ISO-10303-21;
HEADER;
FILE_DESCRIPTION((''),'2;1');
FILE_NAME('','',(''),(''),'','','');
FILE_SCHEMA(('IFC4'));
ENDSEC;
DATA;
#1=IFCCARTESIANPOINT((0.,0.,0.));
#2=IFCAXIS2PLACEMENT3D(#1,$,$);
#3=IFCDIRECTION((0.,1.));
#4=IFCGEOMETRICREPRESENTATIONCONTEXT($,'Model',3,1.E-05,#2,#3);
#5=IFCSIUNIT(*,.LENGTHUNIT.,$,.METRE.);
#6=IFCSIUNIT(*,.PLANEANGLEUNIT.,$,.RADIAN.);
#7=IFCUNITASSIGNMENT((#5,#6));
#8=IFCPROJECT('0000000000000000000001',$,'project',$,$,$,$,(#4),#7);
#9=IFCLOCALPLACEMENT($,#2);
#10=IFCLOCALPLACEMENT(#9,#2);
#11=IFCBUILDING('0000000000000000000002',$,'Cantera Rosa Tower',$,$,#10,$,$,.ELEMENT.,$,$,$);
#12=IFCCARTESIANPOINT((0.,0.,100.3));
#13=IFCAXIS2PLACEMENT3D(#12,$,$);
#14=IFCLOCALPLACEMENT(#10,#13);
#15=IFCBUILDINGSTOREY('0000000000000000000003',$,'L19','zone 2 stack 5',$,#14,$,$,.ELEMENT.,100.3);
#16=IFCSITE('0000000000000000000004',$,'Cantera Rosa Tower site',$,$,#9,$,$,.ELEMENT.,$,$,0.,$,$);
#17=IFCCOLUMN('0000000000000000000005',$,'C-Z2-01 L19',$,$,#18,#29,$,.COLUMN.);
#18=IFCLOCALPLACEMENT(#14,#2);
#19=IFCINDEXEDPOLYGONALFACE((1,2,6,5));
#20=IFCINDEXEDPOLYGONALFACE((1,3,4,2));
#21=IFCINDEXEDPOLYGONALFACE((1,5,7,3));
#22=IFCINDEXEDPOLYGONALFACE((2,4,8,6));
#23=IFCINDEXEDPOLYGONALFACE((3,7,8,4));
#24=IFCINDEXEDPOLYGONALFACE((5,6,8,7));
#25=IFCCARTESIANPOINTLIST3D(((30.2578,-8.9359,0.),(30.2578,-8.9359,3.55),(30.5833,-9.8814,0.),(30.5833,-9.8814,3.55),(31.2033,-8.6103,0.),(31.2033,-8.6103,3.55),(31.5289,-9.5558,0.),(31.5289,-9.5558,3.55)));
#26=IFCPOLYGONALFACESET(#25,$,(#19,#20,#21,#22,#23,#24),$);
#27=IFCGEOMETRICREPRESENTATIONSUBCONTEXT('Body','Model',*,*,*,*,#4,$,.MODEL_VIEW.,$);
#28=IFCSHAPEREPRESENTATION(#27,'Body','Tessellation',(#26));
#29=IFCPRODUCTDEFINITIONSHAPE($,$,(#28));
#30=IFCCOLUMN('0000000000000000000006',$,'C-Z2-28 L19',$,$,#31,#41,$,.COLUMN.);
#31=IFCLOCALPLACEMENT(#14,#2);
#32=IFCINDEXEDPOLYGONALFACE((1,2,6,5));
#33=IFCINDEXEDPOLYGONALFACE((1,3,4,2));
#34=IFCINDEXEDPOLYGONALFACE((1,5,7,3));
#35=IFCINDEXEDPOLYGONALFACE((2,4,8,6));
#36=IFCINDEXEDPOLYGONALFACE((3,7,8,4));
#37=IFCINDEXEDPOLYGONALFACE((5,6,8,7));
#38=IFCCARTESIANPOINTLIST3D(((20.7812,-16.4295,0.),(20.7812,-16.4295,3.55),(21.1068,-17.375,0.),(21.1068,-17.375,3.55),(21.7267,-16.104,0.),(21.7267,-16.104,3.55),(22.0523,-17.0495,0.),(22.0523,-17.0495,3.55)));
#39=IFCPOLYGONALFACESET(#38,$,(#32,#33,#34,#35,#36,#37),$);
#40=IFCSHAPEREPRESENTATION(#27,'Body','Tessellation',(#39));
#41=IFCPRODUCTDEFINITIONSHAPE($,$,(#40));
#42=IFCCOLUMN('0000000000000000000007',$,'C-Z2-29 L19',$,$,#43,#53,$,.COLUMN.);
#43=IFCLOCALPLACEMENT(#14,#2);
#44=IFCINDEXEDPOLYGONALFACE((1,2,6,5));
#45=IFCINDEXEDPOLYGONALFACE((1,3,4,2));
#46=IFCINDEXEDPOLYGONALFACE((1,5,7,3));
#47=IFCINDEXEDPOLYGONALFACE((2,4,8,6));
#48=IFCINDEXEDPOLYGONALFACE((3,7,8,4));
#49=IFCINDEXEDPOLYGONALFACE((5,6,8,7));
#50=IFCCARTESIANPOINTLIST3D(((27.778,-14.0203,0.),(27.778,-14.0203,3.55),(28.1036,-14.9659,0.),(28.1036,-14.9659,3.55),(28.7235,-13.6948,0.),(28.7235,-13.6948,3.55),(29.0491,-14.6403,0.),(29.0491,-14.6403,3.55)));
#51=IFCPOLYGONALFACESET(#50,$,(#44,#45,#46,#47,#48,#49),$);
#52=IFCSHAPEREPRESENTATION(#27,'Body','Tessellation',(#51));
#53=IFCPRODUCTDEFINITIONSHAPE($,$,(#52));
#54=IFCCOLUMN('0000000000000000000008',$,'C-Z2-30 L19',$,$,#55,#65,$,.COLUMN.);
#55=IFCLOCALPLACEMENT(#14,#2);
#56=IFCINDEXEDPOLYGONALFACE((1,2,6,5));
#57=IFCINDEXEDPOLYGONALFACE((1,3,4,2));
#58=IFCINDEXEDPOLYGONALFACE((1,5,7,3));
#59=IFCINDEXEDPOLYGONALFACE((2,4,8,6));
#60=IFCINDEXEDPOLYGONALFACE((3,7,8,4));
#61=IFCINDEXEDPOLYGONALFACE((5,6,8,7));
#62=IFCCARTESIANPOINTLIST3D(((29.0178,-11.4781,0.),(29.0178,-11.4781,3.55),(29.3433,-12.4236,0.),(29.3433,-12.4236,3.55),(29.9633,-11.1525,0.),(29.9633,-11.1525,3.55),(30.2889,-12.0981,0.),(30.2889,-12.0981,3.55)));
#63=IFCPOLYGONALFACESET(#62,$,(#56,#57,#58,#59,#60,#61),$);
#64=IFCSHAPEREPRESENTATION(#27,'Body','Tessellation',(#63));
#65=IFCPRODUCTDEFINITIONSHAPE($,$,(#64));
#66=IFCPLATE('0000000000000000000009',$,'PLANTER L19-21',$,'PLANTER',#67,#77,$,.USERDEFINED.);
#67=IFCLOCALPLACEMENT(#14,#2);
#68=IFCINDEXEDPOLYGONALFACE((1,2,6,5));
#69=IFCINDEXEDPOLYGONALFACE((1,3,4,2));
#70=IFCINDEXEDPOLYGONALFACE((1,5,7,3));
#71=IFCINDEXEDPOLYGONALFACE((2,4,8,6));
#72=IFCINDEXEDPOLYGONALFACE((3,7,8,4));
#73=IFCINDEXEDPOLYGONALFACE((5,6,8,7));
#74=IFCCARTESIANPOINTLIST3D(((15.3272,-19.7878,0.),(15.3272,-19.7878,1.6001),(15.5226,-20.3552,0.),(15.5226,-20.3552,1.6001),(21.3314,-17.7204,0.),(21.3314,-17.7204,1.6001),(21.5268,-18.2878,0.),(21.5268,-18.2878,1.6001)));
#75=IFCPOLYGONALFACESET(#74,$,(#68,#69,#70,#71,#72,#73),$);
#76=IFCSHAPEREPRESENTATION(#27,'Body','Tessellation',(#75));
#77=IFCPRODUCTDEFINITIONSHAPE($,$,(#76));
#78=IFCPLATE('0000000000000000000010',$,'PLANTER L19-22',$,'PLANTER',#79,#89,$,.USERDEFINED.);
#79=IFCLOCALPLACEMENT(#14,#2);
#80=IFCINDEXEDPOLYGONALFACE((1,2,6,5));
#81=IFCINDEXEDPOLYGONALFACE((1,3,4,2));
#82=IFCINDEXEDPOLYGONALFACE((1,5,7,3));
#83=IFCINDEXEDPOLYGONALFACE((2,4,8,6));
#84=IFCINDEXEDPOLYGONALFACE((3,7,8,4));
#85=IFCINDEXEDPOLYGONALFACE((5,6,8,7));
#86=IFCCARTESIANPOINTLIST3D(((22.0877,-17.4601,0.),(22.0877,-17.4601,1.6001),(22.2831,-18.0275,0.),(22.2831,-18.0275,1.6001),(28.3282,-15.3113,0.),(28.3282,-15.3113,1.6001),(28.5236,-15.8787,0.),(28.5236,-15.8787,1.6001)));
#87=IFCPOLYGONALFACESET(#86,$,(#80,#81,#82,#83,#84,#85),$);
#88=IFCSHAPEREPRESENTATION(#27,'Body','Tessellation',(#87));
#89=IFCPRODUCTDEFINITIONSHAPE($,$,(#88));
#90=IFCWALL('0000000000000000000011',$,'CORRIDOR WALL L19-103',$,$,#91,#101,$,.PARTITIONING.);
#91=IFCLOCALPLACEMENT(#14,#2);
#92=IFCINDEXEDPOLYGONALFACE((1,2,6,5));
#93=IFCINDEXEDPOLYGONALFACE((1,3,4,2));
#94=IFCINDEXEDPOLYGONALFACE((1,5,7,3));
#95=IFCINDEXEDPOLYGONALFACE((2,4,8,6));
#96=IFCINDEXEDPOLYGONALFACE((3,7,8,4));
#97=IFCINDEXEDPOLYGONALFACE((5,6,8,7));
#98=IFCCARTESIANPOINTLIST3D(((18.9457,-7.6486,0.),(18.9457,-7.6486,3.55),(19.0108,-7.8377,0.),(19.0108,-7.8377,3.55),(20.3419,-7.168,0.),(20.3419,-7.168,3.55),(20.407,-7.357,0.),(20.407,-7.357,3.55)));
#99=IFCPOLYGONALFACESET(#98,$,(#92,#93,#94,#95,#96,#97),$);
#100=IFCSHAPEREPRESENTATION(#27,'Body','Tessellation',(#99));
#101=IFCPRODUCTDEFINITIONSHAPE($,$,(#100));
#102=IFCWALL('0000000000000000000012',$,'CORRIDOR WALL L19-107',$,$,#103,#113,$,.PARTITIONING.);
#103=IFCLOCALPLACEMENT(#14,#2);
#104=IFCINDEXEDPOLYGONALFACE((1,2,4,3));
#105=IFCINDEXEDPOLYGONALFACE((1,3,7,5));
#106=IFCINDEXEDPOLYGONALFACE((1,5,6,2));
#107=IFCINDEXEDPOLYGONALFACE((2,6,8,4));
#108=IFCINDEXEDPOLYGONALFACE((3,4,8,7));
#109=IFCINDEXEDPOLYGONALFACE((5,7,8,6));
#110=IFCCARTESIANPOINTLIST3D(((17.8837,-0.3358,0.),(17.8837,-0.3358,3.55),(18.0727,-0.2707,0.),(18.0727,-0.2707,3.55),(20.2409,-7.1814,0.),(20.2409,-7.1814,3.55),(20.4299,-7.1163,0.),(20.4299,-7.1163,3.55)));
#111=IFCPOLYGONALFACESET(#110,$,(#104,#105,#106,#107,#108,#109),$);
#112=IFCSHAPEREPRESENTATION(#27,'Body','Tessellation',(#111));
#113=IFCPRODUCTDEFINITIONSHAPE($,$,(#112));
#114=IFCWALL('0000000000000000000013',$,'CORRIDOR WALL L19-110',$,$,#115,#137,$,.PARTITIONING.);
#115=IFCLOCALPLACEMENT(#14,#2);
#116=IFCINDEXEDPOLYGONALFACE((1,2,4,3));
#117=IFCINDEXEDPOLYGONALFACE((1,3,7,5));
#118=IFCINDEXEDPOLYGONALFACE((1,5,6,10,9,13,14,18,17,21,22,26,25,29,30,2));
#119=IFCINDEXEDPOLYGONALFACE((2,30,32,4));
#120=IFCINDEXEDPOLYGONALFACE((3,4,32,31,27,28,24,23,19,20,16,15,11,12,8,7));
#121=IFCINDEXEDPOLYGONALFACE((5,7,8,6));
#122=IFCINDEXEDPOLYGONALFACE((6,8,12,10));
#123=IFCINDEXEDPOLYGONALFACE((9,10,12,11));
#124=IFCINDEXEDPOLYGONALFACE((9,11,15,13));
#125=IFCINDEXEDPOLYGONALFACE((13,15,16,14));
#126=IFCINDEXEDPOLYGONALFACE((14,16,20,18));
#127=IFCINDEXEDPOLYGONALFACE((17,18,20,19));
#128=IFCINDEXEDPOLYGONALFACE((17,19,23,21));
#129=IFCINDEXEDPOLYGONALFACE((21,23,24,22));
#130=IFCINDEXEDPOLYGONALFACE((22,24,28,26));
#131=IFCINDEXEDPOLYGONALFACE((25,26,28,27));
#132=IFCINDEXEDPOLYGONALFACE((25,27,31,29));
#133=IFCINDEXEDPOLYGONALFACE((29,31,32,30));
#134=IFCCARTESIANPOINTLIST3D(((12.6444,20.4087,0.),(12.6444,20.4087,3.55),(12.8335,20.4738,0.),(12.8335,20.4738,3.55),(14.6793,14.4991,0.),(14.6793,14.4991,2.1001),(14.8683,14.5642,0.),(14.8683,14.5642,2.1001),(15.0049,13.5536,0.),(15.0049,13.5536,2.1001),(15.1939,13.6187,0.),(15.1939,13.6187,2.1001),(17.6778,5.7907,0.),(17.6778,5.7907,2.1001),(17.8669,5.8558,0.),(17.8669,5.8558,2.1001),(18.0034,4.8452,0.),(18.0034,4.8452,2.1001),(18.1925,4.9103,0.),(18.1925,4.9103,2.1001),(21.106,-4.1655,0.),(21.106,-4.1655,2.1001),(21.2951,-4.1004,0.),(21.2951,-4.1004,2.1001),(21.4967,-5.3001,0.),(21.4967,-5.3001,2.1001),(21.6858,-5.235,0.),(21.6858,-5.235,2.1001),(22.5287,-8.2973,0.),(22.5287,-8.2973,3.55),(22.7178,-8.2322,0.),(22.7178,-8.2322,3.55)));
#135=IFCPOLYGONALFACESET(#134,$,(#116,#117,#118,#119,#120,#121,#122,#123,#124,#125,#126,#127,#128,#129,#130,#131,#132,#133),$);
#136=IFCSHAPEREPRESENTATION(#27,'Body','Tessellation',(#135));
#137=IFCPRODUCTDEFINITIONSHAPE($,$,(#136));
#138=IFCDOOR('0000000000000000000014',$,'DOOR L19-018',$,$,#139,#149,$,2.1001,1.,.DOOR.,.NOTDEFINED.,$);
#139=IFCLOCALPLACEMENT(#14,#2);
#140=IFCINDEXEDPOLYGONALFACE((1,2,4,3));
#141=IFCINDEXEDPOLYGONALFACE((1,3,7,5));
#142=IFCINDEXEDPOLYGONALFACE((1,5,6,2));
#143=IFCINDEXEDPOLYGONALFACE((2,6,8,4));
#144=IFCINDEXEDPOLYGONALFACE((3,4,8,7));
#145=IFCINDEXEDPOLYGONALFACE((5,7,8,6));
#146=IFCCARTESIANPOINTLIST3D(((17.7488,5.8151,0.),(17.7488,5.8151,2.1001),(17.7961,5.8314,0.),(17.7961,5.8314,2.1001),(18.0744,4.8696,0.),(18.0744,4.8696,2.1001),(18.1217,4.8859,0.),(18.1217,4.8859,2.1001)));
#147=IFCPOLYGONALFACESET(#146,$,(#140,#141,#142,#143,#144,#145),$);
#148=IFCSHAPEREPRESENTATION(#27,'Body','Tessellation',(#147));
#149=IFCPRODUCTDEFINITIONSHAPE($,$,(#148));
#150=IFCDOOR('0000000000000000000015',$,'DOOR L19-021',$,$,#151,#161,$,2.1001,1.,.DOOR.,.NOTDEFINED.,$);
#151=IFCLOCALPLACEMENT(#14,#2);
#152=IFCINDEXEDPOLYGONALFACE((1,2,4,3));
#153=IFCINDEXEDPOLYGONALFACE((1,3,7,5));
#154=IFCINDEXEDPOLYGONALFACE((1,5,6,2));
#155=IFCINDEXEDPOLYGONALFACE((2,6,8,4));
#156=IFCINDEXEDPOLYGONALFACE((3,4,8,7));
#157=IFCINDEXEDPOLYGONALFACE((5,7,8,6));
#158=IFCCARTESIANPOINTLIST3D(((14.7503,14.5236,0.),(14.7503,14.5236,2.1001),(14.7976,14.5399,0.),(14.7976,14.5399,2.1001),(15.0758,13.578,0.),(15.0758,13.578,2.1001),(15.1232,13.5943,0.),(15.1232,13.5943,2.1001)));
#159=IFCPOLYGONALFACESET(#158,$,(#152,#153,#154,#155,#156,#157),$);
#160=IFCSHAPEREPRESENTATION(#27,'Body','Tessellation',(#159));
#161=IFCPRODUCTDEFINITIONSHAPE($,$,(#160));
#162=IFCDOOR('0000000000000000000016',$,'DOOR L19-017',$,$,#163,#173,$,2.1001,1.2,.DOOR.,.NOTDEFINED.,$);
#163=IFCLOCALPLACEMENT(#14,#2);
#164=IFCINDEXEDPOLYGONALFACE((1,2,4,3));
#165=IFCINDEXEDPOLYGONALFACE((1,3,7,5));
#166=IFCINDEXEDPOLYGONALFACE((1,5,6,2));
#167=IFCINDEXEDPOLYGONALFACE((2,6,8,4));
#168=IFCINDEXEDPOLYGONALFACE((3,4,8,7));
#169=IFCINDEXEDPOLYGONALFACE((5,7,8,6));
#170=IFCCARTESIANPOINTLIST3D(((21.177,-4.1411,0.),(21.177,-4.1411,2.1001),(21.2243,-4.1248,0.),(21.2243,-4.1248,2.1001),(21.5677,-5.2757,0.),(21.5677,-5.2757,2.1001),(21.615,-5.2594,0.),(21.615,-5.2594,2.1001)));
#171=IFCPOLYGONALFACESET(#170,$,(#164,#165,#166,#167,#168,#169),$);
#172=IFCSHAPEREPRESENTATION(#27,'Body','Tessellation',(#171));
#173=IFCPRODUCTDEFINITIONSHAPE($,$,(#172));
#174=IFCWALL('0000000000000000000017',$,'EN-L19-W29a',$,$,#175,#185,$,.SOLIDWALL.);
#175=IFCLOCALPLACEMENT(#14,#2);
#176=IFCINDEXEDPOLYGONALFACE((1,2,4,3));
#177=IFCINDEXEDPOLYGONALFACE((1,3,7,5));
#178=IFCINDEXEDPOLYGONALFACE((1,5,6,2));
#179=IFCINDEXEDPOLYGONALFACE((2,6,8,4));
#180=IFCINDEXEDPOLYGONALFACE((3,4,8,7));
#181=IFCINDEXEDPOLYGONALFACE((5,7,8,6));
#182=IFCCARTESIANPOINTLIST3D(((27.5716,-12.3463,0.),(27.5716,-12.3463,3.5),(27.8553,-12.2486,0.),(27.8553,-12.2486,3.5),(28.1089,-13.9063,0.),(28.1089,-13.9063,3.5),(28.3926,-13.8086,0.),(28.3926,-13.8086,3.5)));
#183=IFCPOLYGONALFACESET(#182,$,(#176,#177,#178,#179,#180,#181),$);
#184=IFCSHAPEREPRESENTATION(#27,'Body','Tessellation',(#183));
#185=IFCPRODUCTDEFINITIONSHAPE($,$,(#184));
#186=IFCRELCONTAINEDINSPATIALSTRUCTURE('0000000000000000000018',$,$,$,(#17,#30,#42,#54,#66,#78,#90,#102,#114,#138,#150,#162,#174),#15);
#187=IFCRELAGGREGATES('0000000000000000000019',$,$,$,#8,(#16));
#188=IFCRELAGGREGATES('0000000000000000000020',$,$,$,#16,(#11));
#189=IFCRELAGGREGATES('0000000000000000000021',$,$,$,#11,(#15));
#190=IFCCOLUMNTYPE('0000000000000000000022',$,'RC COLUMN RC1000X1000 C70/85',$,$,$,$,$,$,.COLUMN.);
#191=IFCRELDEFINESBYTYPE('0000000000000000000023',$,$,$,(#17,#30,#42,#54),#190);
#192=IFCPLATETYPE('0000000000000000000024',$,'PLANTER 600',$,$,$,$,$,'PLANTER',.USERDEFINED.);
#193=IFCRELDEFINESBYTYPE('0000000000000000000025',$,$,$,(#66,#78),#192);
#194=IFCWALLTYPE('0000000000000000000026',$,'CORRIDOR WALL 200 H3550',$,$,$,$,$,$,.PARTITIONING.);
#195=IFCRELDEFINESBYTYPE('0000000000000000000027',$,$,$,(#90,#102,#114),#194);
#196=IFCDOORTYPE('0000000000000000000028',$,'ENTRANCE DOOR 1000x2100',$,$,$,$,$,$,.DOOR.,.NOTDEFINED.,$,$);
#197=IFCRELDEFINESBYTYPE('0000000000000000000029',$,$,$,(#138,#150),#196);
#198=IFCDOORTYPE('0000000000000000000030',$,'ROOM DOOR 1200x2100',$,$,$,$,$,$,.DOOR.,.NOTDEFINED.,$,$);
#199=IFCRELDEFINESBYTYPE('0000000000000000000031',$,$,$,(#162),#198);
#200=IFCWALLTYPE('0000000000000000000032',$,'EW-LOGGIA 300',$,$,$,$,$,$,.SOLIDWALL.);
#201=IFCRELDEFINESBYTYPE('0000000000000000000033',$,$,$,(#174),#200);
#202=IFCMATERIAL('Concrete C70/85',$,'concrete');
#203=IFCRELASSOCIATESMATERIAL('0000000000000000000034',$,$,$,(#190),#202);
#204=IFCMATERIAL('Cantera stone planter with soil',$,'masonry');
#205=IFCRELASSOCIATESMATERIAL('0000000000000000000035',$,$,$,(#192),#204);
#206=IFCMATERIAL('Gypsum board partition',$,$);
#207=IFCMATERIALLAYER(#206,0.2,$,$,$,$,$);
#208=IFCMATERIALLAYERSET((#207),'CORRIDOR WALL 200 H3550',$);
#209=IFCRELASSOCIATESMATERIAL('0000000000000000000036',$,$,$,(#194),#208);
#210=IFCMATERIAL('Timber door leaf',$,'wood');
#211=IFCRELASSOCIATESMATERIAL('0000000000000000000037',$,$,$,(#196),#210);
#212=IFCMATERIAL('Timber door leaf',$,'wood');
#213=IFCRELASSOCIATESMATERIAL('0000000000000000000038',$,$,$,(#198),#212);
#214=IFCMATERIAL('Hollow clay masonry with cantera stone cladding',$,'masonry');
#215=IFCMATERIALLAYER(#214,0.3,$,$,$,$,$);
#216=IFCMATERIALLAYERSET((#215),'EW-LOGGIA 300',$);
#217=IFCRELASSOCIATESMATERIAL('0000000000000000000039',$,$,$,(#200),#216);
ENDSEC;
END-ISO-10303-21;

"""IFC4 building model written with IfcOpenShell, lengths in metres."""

from ifc_helpers import new_model, si_unit, direction, frame, frame_2d, origin, origin_2d, place, context, subcontext, project, spatial, rectangle, extrude, material, layer, layer_set, material_profile, profile_set, type_object, element, fill, save


model = new_model("IFC4")

# Units and contexts
model_context = context("Model", 3, precision=1e-05, world=origin(), true_north=direction((0.0, 1.0)))
body_context = subcontext(model_context, "Body", "Model", "MODEL_VIEW")
ifc_project = project(units=[si_unit("LENGTHUNIT", "METRE"), si_unit("PLANEANGLEUNIT", "RADIAN")], contexts=[model_context])

# Site, building, storey
site_placement = place(None, origin())
site = spatial("IfcSite", under=ifc_project, at=site_placement, Name="Cantera Rosa Tower site", CompositionType="ELEMENT", RefElevation=0.0)
building_placement = place(site_placement, origin())
building = spatial("IfcBuilding", under=site, at=building_placement, Name="Cantera Rosa Tower", CompositionType="ELEMENT")
storey_placement = place(building_placement, frame((0.0, 0.0, 100.3)))
storey = spatial("IfcBuildingStorey", under=building, at=storey_placement, Name="L19", Description="zone 2 stack 5", CompositionType="ELEMENT", Elevation=100.3)

# Columns
ifc_material_1 = material(Name="Concrete C70/85", Category="concrete")
ifc_material_profile = material_profile(ifc_material_1, rectangle(XDim=1.0, YDim=1.0, at=origin_2d()), Name="RC COLUMN RC1000X1000 C70/85")
ifc_profile_set = profile_set([ifc_material_profile], Name="Concrete C70/85")
column_type = type_object("IfcColumnType", Name="RC COLUMN RC1000X1000 C70/85", PredefinedType="COLUMN", material=ifc_profile_set)
for number, where, z_axis, x_axis, name in (
    (1, (30.8933, -9.2458, 0.0), (0.0, 0.0, 1.0), (0.945519, 0.325568, 0.0), "C-Z2-01 L19"),
    (2, (21.4167, -16.7395, 0.0), (0.0, 0.0, 1.0), (0.945519, 0.325568, 0.0), "C-Z2-28 L19"),
    (3, (28.4136, -14.3303, 0.0), (0.0, 0.0, 1.0), (0.945519, 0.325568, 0.0), "C-Z2-29 L19"),
    (4, (29.6533, -11.7881, 0.0), (0.0, 0.0, 1.0), (0.945519, 0.325568, 0.0), "C-Z2-30 L19"),
):
    element("IfcColumn", number, at=place(storey_placement, frame(where, z_axis=z_axis, x_axis=x_axis)), inside=storey, type_object=column_type, Name=name, PredefinedType="COLUMN", context=body_context, shape_type="SweptSolid", body=[
        extrude(rectangle(XDim=1.0, YDim=1.0, at=origin_2d()), origin(), (0.0, 0.0, 1.0), 3.55),
    ])

# Plates
ifc_material_2 = material(Name="Cantera stone planter with soil", Category="masonry")
plate_type = type_object("IfcPlateType", Name="PLANTER 600", ElementType="PLANTER", PredefinedType="USERDEFINED", material=ifc_material_2)
plate_1_placement = place(storey_placement, frame((18.427, -19.0378, 0.0), z_axis=(0.0, 0.0, 1.0), x_axis=(0.945519, 0.325568, 0.0)))
element("IfcPlate", 5, at=plate_1_placement, inside=storey, type_object=plate_type, Name="PLANTER L19-21", ObjectType="PLANTER", PredefinedType="USERDEFINED", context=body_context, shape_type="SweptSolid", body=[
    extrude(rectangle(XDim=6.3501, YDim=0.6001, at=origin_2d()), origin(), (0.0, 0.0, 1.0), 1.6001),
])
plate_2_placement = place(storey_placement, frame((25.3057, -16.6694, 0.0), z_axis=(0.0, 0.0, 1.0), x_axis=(0.945519, 0.325568, 0.0)))
element("IfcPlate", 6, at=plate_2_placement, inside=storey, type_object=plate_type, Name="PLANTER L19-22", ObjectType="PLANTER", PredefinedType="USERDEFINED", context=body_context, shape_type="SweptSolid", body=[
    extrude(rectangle(XDim=6.6001, YDim=0.6001, at=origin_2d()), origin(), (0.0, 0.0, 1.0), 1.6001),
])

# Walls
ifc_material_3 = material(Name="Gypsum board partition")
ifc_layer_1 = layer(ifc_material_3, 0.2)
ifc_layer_set_1 = layer_set([ifc_layer_1], Name="CORRIDOR WALL 200 H3550")
wall_type_1 = type_object("IfcWallType", Name="CORRIDOR WALL 200 H3550", PredefinedType="PARTITIONING", material=ifc_layer_set_1)
wall_1_placement = place(storey_placement, frame((18.9783, -7.7432, 0.0), z_axis=(0.0, 0.0, 1.0), x_axis=(0.945529, 0.325537, 0.0)))
element("IfcWall", 7, at=wall_1_placement, inside=storey, type_object=wall_type_1, Name="CORRIDOR WALL L19-103", PredefinedType="PARTITIONING", context=body_context, shape_type="SweptSolid", body=[
    extrude(rectangle(XDim=1.4766, YDim=0.2, at=frame_2d((0.7383, 0.0))), origin(), (0.0, 0.0, 1.0), 3.55),
])
wall_2_placement = place(storey_placement, frame((20.3354, -7.1489, 0.0), z_axis=(0.0, 0.0, 1.0), x_axis=(-0.32558, 0.945514, 0.0)))
element("IfcWall", 8, at=wall_2_placement, inside=storey, type_object=wall_type_1, Name="CORRIDOR WALL L19-107", PredefinedType="PARTITIONING", context=body_context, shape_type="SweptSolid", body=[
    extrude(rectangle(XDim=7.24, YDim=0.2, at=frame_2d((3.6201, 0.0))), origin(), (0.0, 0.0, 1.0), 3.55),
])

# Wall, openings, doors
wall_3_placement = place(storey_placement, frame((22.6233, -8.2649, 0.0), z_axis=(0.0, 0.0, 1.0), x_axis=(-0.325568, 0.945519, 0.0)))
wall_3 = element("IfcWall", 9, at=wall_3_placement, inside=storey, type_object=wall_type_1, Name="CORRIDOR WALL L19-110", PredefinedType="PARTITIONING", context=body_context, shape_type="SweptSolid", body=[
    extrude(rectangle(XDim=30.3601, YDim=0.2, at=frame_2d((15.1802, 0.0))), origin(), (0.0, 0.0, 1.0), 3.55),
])
opening_1_placement = place(wall_3_placement, frame((3.1699, 0.0, 0.0)))
opening_1 = element("IfcOpeningElement", 10, at=opening_1_placement, cuts=wall_3, PredefinedType="OPENING", context=body_context, shape_type="SweptSolid", body=[
    extrude(rectangle(XDim=1.2, YDim=2.1001, at=frame_2d((0.6001, 1.05))), frame((0.0, 0.1099, 0.0), z_axis=(0.0, -1.0, 0.0), x_axis=(1.0, 0.0, 0.0)), (0.0, 0.0, 1.0), 0.22),
])
opening_2_placement = place(wall_3_placement, frame((13.8999, 0.0, 0.0)))
opening_2 = element("IfcOpeningElement", 11, at=opening_2_placement, cuts=wall_3, PredefinedType="OPENING", context=body_context, shape_type="SweptSolid", body=[
    extrude(rectangle(XDim=1.0, YDim=2.1001, at=frame_2d((0.5, 1.05))), frame((0.0, 0.1099, 0.0), z_axis=(0.0, -1.0, 0.0), x_axis=(1.0, 0.0, 0.0)), (0.0, 0.0, 1.0), 0.22),
])
opening_3_placement = place(wall_3_placement, frame((23.1101, 0.0, 0.0)))
opening_3 = element("IfcOpeningElement", 12, at=opening_3_placement, cuts=wall_3, PredefinedType="OPENING", context=body_context, shape_type="SweptSolid", body=[
    extrude(rectangle(XDim=1.0, YDim=2.1001, at=frame_2d((0.5, 1.05))), frame((0.0, 0.1099, 0.0), z_axis=(0.0, -1.0, 0.0), x_axis=(1.0, 0.0, 0.0)), (0.0, 0.0, 1.0), 0.22),
])
ifc_material_4 = material(Name="Timber door leaf", Category="wood")
door_type_1 = type_object("IfcDoorType", Name="ENTRANCE DOOR 1000x2100", OperationType="NOTDEFINED", PredefinedType="DOOR", material=ifc_material_4)
door_1_placement = place(opening_2_placement, origin())
door_1 = element("IfcDoor", 13, at=door_1_placement, inside=storey, type_object=door_type_1, Name="DOOR L19-018", OperationType="NOTDEFINED", OverallHeight=2.1001, OverallWidth=1.0, PredefinedType="DOOR", context=body_context, shape_type="SweptSolid", body=[
    extrude(rectangle(XDim=1.0, YDim=2.1001, at=frame_2d((0.5, 1.05))), frame((0.0, 0.0249, 0.0), z_axis=(0.0, -1.0, 0.0), x_axis=(1.0, 0.0, 0.0)), (0.0, 0.0, 1.0), 0.05),
])
fill(opening_2, door_1)
door_2_placement = place(opening_3_placement, origin())
door_2 = element("IfcDoor", 14, at=door_2_placement, inside=storey, type_object=door_type_1, Name="DOOR L19-021", OperationType="NOTDEFINED", OverallHeight=2.1001, OverallWidth=1.0, PredefinedType="DOOR", context=body_context, shape_type="SweptSolid", body=[
    extrude(rectangle(XDim=1.0, YDim=2.1001, at=frame_2d((0.5, 1.05))), frame((0.0, 0.0249, 0.0), z_axis=(0.0, -1.0, 0.0), x_axis=(1.0, 0.0, 0.0)), (0.0, 0.0, 1.0), 0.05),
])
fill(opening_3, door_2)
ifc_material_5 = material(Name="Timber door leaf", Category="wood")
door_type_2 = type_object("IfcDoorType", Name="ROOM DOOR 1200x2100", OperationType="NOTDEFINED", PredefinedType="DOOR", material=ifc_material_5)
door_3_placement = place(opening_1_placement, origin())
door_3 = element("IfcDoor", 15, at=door_3_placement, inside=storey, type_object=door_type_2, Name="DOOR L19-017", OperationType="NOTDEFINED", OverallHeight=2.1001, OverallWidth=1.2, PredefinedType="DOOR", context=body_context, shape_type="SweptSolid", body=[
    extrude(rectangle(XDim=1.2, YDim=2.1001, at=frame_2d((0.6001, 1.05))), frame((0.0, 0.0249, 0.0), z_axis=(0.0, -1.0, 0.0), x_axis=(1.0, 0.0, 0.0)), (0.0, 0.0, 1.0), 0.05),
])
fill(opening_1, door_3)

# Wall
ifc_material_6 = material(Name="Hollow clay masonry with cantera stone cladding", Category="masonry")
ifc_layer_2 = layer(ifc_material_6, 0.3)
ifc_layer_set_2 = layer_set([ifc_layer_2], Name="EW-LOGGIA 300")
wall_type_2 = type_object("IfcWallType", Name="EW-LOGGIA 300", PredefinedType="SOLIDWALL", material=ifc_layer_set_2)
wall_4_placement = place(storey_placement, frame((28.2507, -13.8574, 0.0), z_axis=(0.0, 0.0, 1.0), x_axis=(-0.325667, 0.945485, 0.0)))
element("IfcWall", 16, at=wall_4_placement, inside=storey, type_object=wall_type_2, Name="EN-L19-W29a", PredefinedType="SOLIDWALL", context=body_context, shape_type="SweptSolid", body=[
    extrude(rectangle(XDim=1.6499, YDim=0.3, at=frame_2d((0.825, 0.0))), origin(), (0.0, 0.0, 1.0), 3.5),
])

save(model, "model.ifc")
